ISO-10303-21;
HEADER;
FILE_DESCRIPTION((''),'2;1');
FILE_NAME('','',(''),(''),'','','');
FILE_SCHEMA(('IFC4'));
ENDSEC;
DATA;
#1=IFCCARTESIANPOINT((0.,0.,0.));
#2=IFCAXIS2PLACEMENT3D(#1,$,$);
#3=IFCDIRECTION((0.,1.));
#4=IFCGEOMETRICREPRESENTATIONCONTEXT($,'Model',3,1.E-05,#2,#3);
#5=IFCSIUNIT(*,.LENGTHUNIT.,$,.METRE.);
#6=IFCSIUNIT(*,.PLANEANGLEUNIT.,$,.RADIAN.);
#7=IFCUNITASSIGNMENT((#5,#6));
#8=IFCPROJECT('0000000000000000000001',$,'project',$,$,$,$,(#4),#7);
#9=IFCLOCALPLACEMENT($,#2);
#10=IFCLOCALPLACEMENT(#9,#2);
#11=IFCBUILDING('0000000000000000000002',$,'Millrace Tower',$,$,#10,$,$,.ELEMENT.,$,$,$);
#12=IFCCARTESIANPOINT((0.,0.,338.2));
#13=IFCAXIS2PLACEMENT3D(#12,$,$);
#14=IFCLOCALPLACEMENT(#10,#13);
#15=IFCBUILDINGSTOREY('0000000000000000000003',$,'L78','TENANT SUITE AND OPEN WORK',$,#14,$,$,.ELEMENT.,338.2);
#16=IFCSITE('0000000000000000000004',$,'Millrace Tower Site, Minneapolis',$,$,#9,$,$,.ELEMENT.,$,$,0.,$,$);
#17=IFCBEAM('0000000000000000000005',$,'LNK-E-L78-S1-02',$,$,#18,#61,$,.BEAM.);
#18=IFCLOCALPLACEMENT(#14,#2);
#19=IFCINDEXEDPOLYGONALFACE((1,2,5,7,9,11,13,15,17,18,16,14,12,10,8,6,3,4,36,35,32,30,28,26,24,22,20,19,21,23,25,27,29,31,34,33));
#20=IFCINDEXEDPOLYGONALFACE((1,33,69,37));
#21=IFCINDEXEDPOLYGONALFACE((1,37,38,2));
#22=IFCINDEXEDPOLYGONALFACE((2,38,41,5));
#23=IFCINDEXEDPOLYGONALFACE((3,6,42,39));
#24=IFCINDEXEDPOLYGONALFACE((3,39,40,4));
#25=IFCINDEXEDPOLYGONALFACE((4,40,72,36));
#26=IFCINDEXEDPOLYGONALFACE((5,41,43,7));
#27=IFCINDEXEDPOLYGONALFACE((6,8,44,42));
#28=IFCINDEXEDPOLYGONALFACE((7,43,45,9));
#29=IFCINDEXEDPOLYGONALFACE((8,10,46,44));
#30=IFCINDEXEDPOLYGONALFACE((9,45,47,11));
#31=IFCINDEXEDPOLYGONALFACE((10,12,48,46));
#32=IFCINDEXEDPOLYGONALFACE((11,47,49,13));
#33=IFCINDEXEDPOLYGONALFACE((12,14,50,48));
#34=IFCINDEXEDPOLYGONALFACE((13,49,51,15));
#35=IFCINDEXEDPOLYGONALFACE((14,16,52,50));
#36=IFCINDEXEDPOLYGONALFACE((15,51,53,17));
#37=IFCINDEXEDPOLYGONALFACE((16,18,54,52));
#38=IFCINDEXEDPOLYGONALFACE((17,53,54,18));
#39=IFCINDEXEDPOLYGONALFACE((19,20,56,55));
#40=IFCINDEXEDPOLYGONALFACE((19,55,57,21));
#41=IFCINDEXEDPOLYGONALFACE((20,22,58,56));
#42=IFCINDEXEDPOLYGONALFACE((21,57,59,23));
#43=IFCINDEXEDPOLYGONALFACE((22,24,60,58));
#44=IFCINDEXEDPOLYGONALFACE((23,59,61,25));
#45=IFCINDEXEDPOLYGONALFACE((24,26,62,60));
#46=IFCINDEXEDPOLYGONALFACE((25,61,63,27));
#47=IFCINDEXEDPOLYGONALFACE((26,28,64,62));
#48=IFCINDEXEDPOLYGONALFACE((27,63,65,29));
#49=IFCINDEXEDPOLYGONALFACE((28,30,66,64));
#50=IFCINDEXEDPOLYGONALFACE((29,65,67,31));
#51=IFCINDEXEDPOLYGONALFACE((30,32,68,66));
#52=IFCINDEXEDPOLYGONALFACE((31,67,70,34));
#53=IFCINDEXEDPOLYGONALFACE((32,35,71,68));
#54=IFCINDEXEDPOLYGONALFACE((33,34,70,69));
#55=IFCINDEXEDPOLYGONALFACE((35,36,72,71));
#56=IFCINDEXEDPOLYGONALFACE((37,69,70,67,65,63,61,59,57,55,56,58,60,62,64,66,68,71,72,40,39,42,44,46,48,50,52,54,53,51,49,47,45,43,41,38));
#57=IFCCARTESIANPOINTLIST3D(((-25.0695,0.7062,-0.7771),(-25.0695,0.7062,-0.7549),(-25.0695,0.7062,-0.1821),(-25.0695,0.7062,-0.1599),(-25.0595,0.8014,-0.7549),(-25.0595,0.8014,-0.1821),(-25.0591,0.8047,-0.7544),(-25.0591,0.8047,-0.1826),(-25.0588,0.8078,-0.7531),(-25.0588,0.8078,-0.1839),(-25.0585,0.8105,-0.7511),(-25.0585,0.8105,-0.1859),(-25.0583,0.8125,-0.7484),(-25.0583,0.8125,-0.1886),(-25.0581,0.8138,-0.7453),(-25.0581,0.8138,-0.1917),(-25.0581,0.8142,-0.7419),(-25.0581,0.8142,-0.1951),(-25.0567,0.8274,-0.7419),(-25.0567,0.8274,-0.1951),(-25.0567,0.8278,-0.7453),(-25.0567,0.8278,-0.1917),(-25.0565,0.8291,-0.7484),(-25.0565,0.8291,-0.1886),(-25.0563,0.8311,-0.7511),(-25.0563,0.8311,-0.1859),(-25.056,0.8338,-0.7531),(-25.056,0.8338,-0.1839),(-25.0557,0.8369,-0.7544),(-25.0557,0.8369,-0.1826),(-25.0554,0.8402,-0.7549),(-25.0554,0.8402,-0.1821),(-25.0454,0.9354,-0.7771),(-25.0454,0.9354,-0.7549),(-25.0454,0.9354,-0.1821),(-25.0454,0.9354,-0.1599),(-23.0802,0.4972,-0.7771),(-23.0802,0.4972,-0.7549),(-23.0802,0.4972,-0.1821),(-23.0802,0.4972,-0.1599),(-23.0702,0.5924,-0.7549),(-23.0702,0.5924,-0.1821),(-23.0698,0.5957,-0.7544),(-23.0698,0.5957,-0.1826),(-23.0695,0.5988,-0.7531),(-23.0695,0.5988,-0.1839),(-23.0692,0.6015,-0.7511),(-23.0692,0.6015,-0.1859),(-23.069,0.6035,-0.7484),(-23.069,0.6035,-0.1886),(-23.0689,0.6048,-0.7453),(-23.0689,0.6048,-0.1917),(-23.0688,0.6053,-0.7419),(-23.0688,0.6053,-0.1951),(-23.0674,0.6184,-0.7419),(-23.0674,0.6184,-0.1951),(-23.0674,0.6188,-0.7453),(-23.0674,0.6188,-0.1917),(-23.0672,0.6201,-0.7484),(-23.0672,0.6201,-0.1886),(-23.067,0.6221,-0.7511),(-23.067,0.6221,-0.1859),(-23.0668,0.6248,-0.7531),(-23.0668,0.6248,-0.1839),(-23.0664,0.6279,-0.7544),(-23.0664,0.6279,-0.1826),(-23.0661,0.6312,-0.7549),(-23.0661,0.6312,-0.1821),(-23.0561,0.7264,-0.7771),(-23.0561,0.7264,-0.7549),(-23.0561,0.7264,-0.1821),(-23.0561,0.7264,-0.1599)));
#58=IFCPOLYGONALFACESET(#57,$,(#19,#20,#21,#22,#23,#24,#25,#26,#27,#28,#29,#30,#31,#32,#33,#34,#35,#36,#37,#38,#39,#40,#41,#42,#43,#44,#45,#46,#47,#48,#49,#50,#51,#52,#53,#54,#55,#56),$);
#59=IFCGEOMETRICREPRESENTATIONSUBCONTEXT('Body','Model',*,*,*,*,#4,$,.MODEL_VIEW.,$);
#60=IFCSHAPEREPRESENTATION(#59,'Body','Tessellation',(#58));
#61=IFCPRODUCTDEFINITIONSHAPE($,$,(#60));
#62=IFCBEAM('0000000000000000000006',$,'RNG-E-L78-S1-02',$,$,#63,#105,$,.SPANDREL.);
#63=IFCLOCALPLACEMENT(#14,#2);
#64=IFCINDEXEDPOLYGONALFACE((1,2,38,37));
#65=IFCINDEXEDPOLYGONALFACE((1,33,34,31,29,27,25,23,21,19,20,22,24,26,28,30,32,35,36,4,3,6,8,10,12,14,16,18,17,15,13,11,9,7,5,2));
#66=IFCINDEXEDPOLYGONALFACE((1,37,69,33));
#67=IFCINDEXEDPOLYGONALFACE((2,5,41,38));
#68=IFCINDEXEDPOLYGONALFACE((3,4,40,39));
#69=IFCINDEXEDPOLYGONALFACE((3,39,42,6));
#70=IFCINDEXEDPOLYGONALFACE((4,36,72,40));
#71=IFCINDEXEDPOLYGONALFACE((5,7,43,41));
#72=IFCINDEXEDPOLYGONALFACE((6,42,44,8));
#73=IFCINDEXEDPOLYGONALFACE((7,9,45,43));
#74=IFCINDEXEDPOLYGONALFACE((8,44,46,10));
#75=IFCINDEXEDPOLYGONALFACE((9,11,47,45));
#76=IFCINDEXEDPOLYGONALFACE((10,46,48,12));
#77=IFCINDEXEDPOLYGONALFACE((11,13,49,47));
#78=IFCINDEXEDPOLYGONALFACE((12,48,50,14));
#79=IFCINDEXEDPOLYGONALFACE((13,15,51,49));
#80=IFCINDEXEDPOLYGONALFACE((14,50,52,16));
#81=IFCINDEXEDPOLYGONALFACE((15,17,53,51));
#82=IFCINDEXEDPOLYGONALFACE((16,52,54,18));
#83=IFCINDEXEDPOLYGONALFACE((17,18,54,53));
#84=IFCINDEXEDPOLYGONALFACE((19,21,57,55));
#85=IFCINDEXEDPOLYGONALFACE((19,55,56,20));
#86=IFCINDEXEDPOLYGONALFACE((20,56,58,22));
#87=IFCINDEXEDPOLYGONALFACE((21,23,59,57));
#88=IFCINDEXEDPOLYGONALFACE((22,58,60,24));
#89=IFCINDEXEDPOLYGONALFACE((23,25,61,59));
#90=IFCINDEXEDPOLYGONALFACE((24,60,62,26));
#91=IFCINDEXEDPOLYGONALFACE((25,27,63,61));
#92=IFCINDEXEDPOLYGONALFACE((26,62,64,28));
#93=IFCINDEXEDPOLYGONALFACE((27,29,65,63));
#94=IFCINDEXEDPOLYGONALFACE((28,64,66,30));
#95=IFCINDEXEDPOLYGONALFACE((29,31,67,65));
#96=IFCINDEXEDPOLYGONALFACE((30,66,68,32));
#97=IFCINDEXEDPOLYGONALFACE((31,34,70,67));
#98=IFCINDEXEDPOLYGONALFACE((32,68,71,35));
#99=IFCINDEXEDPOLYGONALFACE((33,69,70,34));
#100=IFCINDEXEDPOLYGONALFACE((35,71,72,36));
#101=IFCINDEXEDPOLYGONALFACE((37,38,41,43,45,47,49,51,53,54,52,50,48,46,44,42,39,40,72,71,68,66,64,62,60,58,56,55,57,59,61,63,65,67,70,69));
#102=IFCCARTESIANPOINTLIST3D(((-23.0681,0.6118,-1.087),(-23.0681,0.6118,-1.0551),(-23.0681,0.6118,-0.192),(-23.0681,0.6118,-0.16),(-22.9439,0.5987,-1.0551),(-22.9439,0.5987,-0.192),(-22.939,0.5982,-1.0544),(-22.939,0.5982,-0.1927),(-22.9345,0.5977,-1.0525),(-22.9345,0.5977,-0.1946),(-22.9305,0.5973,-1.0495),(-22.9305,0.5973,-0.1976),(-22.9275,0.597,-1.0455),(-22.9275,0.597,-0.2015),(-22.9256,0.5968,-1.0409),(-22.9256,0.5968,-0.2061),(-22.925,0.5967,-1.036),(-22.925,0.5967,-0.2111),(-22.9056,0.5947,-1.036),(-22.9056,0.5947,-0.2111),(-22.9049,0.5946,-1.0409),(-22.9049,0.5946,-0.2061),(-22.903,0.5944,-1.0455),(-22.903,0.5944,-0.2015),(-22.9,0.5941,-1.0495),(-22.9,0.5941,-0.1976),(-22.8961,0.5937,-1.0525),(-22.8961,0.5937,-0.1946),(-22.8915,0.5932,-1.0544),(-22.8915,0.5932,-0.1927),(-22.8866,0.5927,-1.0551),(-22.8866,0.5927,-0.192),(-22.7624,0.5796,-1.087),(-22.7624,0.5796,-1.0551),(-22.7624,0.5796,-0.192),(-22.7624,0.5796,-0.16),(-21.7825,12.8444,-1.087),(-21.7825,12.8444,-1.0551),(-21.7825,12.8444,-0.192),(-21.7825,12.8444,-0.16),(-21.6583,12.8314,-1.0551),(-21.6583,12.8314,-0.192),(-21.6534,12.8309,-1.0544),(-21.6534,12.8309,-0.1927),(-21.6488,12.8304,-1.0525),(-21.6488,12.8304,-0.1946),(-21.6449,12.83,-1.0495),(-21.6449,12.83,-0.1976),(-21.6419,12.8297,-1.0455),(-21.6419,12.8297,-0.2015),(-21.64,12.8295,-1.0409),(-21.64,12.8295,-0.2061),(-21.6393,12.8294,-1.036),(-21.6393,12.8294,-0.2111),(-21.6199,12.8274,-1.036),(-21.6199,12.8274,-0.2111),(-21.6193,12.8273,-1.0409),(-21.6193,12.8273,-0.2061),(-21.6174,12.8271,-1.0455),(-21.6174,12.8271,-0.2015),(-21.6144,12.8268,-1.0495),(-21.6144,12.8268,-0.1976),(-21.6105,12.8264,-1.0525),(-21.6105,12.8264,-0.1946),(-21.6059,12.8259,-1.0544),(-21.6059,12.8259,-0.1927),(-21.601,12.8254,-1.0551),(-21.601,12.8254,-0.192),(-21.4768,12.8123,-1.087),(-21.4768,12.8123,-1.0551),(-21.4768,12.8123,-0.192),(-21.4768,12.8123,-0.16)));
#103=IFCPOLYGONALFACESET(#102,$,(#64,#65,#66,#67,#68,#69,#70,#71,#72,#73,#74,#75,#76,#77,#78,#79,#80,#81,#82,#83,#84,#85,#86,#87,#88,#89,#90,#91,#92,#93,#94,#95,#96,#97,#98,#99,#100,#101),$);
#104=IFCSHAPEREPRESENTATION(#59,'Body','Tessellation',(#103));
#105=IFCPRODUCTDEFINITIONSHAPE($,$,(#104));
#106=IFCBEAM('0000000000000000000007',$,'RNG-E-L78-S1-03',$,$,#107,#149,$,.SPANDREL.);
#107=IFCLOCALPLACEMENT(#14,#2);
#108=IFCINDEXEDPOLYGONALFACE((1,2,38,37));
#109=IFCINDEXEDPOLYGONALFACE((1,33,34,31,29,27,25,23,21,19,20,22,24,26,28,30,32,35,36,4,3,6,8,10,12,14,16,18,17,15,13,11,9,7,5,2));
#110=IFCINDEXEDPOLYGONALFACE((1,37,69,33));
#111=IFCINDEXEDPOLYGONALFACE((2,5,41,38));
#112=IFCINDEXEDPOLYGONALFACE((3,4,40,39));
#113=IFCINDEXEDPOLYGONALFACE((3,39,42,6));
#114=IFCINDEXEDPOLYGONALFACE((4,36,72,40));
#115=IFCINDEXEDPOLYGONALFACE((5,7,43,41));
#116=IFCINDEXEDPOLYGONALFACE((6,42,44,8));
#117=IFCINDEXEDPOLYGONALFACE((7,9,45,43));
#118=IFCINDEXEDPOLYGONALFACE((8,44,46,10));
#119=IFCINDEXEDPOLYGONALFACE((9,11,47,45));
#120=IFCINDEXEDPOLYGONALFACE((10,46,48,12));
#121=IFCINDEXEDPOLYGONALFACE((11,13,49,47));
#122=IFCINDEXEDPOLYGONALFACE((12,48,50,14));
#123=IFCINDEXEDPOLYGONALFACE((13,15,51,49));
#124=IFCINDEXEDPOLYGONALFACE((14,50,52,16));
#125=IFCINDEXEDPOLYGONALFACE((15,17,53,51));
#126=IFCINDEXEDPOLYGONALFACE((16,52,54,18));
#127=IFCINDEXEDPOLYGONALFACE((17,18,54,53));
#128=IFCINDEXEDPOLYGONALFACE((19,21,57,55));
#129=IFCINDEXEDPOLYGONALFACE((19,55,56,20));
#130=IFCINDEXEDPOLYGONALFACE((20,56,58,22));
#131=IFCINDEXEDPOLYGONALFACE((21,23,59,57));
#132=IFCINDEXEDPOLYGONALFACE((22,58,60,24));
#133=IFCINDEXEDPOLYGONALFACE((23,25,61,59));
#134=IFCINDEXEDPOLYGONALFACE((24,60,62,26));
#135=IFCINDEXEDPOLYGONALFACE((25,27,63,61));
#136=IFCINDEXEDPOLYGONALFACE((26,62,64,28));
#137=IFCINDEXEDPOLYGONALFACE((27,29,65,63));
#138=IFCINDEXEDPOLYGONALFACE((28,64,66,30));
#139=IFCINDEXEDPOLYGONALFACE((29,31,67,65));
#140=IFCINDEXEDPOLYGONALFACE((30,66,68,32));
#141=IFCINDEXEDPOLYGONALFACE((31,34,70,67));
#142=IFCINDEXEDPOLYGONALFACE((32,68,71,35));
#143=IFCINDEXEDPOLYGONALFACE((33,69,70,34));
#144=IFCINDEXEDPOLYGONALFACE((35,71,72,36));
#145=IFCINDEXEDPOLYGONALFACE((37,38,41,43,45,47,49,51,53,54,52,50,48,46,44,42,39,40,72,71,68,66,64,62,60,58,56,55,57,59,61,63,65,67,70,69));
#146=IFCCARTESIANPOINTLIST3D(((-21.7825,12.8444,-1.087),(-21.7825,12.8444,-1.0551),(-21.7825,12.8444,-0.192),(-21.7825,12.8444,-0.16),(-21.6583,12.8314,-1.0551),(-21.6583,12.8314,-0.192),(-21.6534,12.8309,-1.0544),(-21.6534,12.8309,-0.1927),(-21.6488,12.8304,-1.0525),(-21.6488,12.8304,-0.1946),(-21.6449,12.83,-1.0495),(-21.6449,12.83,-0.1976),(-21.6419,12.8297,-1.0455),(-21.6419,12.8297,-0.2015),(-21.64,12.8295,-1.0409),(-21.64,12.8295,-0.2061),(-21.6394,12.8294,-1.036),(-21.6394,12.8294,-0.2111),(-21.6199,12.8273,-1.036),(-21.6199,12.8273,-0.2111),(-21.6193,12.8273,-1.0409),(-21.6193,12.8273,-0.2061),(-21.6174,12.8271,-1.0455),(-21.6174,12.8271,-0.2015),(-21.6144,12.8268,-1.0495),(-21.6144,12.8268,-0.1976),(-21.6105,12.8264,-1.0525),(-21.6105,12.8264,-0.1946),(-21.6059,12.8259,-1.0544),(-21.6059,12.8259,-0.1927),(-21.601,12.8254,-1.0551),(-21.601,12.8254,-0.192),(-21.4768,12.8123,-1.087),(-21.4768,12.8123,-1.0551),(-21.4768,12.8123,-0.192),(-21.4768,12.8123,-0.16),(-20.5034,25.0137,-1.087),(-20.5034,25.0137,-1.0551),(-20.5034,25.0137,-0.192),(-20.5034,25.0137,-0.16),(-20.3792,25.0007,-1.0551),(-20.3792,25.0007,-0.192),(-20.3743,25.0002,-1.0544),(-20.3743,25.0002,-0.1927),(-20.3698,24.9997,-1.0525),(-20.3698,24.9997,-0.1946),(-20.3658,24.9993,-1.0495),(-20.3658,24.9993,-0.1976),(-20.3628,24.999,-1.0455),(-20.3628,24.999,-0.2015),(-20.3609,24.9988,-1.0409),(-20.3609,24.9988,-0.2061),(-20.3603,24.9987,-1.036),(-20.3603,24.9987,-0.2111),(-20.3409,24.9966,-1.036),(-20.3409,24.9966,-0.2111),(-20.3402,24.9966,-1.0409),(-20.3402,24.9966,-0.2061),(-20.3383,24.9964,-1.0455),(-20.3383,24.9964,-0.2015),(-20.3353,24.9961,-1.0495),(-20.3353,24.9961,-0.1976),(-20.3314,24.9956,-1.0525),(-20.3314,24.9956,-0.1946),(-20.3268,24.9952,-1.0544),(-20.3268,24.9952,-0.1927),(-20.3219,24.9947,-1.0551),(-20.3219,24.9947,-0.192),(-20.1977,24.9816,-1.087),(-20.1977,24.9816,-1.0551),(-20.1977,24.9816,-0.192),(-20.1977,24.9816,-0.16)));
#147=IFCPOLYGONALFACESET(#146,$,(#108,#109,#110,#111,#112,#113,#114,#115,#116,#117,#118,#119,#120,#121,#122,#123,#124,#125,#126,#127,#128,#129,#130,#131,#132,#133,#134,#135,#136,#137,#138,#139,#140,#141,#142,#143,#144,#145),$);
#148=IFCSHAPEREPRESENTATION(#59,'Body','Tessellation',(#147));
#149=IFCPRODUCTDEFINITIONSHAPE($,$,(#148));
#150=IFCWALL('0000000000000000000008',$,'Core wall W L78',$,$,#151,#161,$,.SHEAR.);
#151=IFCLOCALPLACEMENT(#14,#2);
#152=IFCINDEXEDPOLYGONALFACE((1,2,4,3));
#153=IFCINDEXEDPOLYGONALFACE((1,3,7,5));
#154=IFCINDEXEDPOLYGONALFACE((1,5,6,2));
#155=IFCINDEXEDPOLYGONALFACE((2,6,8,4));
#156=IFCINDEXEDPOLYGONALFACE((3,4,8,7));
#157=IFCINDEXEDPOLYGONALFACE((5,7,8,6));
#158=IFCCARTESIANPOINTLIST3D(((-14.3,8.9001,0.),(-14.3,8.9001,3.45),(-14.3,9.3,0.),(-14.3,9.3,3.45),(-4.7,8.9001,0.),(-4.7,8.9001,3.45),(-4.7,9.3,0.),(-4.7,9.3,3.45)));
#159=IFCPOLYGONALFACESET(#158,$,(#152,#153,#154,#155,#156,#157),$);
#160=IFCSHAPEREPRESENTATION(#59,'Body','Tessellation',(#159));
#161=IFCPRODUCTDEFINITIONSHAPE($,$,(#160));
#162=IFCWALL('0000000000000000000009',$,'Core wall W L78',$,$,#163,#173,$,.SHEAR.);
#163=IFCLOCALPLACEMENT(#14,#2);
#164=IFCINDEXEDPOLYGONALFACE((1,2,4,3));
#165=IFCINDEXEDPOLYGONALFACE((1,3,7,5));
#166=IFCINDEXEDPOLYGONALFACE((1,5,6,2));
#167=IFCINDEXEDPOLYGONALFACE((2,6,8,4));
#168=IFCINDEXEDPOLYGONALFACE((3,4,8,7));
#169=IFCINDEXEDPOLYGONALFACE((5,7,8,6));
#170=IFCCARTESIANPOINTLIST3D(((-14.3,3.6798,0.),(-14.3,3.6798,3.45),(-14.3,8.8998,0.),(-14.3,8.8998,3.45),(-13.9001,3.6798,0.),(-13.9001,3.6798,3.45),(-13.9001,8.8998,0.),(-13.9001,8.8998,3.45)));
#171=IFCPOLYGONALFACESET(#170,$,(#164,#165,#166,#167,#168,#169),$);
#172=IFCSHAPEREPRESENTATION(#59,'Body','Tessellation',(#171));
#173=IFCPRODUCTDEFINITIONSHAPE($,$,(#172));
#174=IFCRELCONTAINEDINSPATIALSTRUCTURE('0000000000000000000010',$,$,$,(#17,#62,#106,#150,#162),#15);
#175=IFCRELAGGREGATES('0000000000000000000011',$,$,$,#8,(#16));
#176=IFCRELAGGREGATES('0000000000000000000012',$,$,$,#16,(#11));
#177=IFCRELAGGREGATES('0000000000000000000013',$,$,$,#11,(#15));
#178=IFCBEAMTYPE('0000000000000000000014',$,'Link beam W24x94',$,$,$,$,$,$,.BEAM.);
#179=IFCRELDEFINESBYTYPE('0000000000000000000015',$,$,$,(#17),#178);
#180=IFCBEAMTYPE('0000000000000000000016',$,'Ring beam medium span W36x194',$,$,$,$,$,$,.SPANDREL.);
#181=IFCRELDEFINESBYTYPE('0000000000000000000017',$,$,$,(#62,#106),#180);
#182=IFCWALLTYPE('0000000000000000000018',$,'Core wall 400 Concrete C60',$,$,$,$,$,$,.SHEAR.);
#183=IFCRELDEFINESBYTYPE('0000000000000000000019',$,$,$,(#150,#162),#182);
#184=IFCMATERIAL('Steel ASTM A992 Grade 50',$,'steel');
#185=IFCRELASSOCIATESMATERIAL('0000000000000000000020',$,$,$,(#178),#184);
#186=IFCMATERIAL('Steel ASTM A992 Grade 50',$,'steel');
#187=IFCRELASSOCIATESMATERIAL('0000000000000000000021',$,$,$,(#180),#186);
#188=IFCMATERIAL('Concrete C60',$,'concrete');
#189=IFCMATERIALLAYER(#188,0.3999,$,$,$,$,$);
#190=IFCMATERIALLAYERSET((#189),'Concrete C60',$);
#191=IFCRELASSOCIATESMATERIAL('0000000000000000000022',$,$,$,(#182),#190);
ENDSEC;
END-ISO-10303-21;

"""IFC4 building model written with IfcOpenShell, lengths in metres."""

from ifc_helpers import new_model, si_unit, direction, frame, frame_2d, origin, origin_2d, place, context, subcontext, project, spatial, rectangle, i_section, extrude, material, layer, layer_set, material_profile, profile_set, type_object, element, save


model = new_model("IFC4")

# Units and contexts
model_context = context("Model", 3, precision=1e-05, world=origin(), true_north=direction((0.0, 1.0)))
body_context = subcontext(model_context, "Body", "Model", "MODEL_VIEW")
ifc_project = project(units=[si_unit("LENGTHUNIT", "METRE"), si_unit("PLANEANGLEUNIT", "RADIAN")], contexts=[model_context])

# Site, building, storey
site_placement = place(None, origin())
site = spatial("IfcSite", under=ifc_project, at=site_placement, Name="Millrace Tower Site, Minneapolis", CompositionType="ELEMENT", RefElevation=0.0)
building_placement = place(site_placement, origin())
building = spatial("IfcBuilding", under=site, at=building_placement, Name="Millrace Tower", CompositionType="ELEMENT")
storey_placement = place(building_placement, frame((0.0, 0.0, 338.2)))
storey = spatial("IfcBuildingStorey", under=building, at=storey_placement, Name="L78", Description="TENANT SUITE AND OPEN WORK", CompositionType="ELEMENT", Elevation=338.2)

# Beams
ifc_material_1 = material(Name="Steel ASTM A992 Grade 50", Category="steel")
ifc_material_profile_1 = material_profile(ifc_material_1, i_section(OverallWidth=0.2305, OverallDepth=0.6172, WebThickness=0.0132, FlangeThickness=0.0222, FilletRadius=0.0129, at=origin_2d()))
ifc_profile_set_1 = profile_set([ifc_material_profile_1], Name="Steel ASTM A992 Grade 50")
beam_type_1 = type_object("IfcBeamType", Name="Link beam W24x94", PredefinedType="BEAM", material=ifc_profile_set_1)
beam_1_placement = place(storey_placement, frame((-23.0681, 0.6118, -0.4685), z_axis=(-0.994527, 0.104481, 0.0), x_axis=(-0.104481, -0.994527, 0.0)))
element("IfcBeam", 1, at=beam_1_placement, inside=storey, type_object=beam_type_1, Name="LNK-E-L78-S1-02", PredefinedType="BEAM", context=body_context, shape_type="SweptSolid", body=[
    extrude(i_section(OverallWidth=0.2305, OverallDepth=0.6172, WebThickness=0.0132, FlangeThickness=0.0222, FilletRadius=0.0129, at=origin_2d()), origin(), (0.0, 0.0, 1.0), 2.0002),
])
ifc_material_2 = material(Name="Steel ASTM A992 Grade 50", Category="steel")
ifc_material_profile_2 = material_profile(ifc_material_2, i_section(OverallWidth=0.3074, OverallDepth=0.927, WebThickness=0.0195, FlangeThickness=0.032, FilletRadius=0.019, at=origin_2d()))
ifc_profile_set_2 = profile_set([ifc_material_profile_2], Name="Steel ASTM A992 Grade 50")
beam_type_2 = type_object("IfcBeamType", Name="Ring beam medium span W36x194", PredefinedType="SPANDREL", material=ifc_profile_set_2)
beam_2_placement = place(storey_placement, frame((-22.9153, 0.5957, -0.6235), z_axis=(0.104524, 0.994522, 0.0), x_axis=(-0.994522, 0.104524, 0.0)))
element("IfcBeam", 2, at=beam_2_placement, inside=storey, type_object=beam_type_2, Name="RNG-E-L78-S1-02", PredefinedType="SPANDREL", context=body_context, shape_type="SweptSolid", body=[
    extrude(i_section(OverallWidth=0.3074, OverallDepth=0.927, WebThickness=0.0195, FlangeThickness=0.032, FilletRadius=0.019, at=origin_2d()), origin(), (0.0, 0.0, 1.0), 12.3),
])
beam_3_placement = place(storey_placement, frame((-21.6296, 12.8284, -0.6235), z_axis=(0.10453, 0.994522, 0.0), x_axis=(-0.994522, 0.10453, 0.0)))
element("IfcBeam", 3, at=beam_3_placement, inside=storey, type_object=beam_type_2, Name="RNG-E-L78-S1-03", PredefinedType="SPANDREL", context=body_context, shape_type="SweptSolid", body=[
    extrude(i_section(OverallWidth=0.3074, OverallDepth=0.927, WebThickness=0.0195, FlangeThickness=0.032, FilletRadius=0.019, at=origin_2d()), origin(), (0.0, 0.0, 1.0), 12.2363),
])

# Walls
ifc_material_3 = material(Name="Concrete C60", Category="concrete")
ifc_layer_1 = layer(ifc_material_3, 0.3999)
ifc_layer_set_1 = layer_set([ifc_layer_1], Name="Concrete C60")
wall_type_1 = type_object("IfcWallType", Name="Core wall 400 Concrete C60", PredefinedType="SHEAR", material=ifc_layer_set_1)
wall_1_placement = place(storey_placement, frame((-14.3, 9.1001, 0.0), z_axis=(0.0, 0.0, 1.0), x_axis=(1.0, 0.0, 0.0)))
element("IfcWall", 4, at=wall_1_placement, inside=storey, type_object=wall_type_1, Name="Core wall W L78", PredefinedType="SHEAR", context=body_context, shape_type="SweptSolid", body=[
    extrude(rectangle(XDim=9.6001, YDim=0.3999, at=frame_2d((4.8, 0.0))), origin(), (0.0, 0.0, 1.0), 3.45),
])
wall_2_placement = place(storey_placement, frame((-14.1001, 3.6799, 0.0), z_axis=(0.0, 0.0, 1.0), x_axis=(0.0, 1.0, 0.0)))
element("IfcWall", 5, at=wall_2_placement, inside=storey, type_object=wall_type_1, Name="Core wall W L78", PredefinedType="SHEAR", context=body_context, shape_type="SweptSolid", body=[
    extrude(rectangle(XDim=5.22, YDim=0.3999, at=frame_2d((2.6099, 0.0))), origin(), (0.0, 0.0, 1.0), 3.45),
])

save(model, "model.ifc")
